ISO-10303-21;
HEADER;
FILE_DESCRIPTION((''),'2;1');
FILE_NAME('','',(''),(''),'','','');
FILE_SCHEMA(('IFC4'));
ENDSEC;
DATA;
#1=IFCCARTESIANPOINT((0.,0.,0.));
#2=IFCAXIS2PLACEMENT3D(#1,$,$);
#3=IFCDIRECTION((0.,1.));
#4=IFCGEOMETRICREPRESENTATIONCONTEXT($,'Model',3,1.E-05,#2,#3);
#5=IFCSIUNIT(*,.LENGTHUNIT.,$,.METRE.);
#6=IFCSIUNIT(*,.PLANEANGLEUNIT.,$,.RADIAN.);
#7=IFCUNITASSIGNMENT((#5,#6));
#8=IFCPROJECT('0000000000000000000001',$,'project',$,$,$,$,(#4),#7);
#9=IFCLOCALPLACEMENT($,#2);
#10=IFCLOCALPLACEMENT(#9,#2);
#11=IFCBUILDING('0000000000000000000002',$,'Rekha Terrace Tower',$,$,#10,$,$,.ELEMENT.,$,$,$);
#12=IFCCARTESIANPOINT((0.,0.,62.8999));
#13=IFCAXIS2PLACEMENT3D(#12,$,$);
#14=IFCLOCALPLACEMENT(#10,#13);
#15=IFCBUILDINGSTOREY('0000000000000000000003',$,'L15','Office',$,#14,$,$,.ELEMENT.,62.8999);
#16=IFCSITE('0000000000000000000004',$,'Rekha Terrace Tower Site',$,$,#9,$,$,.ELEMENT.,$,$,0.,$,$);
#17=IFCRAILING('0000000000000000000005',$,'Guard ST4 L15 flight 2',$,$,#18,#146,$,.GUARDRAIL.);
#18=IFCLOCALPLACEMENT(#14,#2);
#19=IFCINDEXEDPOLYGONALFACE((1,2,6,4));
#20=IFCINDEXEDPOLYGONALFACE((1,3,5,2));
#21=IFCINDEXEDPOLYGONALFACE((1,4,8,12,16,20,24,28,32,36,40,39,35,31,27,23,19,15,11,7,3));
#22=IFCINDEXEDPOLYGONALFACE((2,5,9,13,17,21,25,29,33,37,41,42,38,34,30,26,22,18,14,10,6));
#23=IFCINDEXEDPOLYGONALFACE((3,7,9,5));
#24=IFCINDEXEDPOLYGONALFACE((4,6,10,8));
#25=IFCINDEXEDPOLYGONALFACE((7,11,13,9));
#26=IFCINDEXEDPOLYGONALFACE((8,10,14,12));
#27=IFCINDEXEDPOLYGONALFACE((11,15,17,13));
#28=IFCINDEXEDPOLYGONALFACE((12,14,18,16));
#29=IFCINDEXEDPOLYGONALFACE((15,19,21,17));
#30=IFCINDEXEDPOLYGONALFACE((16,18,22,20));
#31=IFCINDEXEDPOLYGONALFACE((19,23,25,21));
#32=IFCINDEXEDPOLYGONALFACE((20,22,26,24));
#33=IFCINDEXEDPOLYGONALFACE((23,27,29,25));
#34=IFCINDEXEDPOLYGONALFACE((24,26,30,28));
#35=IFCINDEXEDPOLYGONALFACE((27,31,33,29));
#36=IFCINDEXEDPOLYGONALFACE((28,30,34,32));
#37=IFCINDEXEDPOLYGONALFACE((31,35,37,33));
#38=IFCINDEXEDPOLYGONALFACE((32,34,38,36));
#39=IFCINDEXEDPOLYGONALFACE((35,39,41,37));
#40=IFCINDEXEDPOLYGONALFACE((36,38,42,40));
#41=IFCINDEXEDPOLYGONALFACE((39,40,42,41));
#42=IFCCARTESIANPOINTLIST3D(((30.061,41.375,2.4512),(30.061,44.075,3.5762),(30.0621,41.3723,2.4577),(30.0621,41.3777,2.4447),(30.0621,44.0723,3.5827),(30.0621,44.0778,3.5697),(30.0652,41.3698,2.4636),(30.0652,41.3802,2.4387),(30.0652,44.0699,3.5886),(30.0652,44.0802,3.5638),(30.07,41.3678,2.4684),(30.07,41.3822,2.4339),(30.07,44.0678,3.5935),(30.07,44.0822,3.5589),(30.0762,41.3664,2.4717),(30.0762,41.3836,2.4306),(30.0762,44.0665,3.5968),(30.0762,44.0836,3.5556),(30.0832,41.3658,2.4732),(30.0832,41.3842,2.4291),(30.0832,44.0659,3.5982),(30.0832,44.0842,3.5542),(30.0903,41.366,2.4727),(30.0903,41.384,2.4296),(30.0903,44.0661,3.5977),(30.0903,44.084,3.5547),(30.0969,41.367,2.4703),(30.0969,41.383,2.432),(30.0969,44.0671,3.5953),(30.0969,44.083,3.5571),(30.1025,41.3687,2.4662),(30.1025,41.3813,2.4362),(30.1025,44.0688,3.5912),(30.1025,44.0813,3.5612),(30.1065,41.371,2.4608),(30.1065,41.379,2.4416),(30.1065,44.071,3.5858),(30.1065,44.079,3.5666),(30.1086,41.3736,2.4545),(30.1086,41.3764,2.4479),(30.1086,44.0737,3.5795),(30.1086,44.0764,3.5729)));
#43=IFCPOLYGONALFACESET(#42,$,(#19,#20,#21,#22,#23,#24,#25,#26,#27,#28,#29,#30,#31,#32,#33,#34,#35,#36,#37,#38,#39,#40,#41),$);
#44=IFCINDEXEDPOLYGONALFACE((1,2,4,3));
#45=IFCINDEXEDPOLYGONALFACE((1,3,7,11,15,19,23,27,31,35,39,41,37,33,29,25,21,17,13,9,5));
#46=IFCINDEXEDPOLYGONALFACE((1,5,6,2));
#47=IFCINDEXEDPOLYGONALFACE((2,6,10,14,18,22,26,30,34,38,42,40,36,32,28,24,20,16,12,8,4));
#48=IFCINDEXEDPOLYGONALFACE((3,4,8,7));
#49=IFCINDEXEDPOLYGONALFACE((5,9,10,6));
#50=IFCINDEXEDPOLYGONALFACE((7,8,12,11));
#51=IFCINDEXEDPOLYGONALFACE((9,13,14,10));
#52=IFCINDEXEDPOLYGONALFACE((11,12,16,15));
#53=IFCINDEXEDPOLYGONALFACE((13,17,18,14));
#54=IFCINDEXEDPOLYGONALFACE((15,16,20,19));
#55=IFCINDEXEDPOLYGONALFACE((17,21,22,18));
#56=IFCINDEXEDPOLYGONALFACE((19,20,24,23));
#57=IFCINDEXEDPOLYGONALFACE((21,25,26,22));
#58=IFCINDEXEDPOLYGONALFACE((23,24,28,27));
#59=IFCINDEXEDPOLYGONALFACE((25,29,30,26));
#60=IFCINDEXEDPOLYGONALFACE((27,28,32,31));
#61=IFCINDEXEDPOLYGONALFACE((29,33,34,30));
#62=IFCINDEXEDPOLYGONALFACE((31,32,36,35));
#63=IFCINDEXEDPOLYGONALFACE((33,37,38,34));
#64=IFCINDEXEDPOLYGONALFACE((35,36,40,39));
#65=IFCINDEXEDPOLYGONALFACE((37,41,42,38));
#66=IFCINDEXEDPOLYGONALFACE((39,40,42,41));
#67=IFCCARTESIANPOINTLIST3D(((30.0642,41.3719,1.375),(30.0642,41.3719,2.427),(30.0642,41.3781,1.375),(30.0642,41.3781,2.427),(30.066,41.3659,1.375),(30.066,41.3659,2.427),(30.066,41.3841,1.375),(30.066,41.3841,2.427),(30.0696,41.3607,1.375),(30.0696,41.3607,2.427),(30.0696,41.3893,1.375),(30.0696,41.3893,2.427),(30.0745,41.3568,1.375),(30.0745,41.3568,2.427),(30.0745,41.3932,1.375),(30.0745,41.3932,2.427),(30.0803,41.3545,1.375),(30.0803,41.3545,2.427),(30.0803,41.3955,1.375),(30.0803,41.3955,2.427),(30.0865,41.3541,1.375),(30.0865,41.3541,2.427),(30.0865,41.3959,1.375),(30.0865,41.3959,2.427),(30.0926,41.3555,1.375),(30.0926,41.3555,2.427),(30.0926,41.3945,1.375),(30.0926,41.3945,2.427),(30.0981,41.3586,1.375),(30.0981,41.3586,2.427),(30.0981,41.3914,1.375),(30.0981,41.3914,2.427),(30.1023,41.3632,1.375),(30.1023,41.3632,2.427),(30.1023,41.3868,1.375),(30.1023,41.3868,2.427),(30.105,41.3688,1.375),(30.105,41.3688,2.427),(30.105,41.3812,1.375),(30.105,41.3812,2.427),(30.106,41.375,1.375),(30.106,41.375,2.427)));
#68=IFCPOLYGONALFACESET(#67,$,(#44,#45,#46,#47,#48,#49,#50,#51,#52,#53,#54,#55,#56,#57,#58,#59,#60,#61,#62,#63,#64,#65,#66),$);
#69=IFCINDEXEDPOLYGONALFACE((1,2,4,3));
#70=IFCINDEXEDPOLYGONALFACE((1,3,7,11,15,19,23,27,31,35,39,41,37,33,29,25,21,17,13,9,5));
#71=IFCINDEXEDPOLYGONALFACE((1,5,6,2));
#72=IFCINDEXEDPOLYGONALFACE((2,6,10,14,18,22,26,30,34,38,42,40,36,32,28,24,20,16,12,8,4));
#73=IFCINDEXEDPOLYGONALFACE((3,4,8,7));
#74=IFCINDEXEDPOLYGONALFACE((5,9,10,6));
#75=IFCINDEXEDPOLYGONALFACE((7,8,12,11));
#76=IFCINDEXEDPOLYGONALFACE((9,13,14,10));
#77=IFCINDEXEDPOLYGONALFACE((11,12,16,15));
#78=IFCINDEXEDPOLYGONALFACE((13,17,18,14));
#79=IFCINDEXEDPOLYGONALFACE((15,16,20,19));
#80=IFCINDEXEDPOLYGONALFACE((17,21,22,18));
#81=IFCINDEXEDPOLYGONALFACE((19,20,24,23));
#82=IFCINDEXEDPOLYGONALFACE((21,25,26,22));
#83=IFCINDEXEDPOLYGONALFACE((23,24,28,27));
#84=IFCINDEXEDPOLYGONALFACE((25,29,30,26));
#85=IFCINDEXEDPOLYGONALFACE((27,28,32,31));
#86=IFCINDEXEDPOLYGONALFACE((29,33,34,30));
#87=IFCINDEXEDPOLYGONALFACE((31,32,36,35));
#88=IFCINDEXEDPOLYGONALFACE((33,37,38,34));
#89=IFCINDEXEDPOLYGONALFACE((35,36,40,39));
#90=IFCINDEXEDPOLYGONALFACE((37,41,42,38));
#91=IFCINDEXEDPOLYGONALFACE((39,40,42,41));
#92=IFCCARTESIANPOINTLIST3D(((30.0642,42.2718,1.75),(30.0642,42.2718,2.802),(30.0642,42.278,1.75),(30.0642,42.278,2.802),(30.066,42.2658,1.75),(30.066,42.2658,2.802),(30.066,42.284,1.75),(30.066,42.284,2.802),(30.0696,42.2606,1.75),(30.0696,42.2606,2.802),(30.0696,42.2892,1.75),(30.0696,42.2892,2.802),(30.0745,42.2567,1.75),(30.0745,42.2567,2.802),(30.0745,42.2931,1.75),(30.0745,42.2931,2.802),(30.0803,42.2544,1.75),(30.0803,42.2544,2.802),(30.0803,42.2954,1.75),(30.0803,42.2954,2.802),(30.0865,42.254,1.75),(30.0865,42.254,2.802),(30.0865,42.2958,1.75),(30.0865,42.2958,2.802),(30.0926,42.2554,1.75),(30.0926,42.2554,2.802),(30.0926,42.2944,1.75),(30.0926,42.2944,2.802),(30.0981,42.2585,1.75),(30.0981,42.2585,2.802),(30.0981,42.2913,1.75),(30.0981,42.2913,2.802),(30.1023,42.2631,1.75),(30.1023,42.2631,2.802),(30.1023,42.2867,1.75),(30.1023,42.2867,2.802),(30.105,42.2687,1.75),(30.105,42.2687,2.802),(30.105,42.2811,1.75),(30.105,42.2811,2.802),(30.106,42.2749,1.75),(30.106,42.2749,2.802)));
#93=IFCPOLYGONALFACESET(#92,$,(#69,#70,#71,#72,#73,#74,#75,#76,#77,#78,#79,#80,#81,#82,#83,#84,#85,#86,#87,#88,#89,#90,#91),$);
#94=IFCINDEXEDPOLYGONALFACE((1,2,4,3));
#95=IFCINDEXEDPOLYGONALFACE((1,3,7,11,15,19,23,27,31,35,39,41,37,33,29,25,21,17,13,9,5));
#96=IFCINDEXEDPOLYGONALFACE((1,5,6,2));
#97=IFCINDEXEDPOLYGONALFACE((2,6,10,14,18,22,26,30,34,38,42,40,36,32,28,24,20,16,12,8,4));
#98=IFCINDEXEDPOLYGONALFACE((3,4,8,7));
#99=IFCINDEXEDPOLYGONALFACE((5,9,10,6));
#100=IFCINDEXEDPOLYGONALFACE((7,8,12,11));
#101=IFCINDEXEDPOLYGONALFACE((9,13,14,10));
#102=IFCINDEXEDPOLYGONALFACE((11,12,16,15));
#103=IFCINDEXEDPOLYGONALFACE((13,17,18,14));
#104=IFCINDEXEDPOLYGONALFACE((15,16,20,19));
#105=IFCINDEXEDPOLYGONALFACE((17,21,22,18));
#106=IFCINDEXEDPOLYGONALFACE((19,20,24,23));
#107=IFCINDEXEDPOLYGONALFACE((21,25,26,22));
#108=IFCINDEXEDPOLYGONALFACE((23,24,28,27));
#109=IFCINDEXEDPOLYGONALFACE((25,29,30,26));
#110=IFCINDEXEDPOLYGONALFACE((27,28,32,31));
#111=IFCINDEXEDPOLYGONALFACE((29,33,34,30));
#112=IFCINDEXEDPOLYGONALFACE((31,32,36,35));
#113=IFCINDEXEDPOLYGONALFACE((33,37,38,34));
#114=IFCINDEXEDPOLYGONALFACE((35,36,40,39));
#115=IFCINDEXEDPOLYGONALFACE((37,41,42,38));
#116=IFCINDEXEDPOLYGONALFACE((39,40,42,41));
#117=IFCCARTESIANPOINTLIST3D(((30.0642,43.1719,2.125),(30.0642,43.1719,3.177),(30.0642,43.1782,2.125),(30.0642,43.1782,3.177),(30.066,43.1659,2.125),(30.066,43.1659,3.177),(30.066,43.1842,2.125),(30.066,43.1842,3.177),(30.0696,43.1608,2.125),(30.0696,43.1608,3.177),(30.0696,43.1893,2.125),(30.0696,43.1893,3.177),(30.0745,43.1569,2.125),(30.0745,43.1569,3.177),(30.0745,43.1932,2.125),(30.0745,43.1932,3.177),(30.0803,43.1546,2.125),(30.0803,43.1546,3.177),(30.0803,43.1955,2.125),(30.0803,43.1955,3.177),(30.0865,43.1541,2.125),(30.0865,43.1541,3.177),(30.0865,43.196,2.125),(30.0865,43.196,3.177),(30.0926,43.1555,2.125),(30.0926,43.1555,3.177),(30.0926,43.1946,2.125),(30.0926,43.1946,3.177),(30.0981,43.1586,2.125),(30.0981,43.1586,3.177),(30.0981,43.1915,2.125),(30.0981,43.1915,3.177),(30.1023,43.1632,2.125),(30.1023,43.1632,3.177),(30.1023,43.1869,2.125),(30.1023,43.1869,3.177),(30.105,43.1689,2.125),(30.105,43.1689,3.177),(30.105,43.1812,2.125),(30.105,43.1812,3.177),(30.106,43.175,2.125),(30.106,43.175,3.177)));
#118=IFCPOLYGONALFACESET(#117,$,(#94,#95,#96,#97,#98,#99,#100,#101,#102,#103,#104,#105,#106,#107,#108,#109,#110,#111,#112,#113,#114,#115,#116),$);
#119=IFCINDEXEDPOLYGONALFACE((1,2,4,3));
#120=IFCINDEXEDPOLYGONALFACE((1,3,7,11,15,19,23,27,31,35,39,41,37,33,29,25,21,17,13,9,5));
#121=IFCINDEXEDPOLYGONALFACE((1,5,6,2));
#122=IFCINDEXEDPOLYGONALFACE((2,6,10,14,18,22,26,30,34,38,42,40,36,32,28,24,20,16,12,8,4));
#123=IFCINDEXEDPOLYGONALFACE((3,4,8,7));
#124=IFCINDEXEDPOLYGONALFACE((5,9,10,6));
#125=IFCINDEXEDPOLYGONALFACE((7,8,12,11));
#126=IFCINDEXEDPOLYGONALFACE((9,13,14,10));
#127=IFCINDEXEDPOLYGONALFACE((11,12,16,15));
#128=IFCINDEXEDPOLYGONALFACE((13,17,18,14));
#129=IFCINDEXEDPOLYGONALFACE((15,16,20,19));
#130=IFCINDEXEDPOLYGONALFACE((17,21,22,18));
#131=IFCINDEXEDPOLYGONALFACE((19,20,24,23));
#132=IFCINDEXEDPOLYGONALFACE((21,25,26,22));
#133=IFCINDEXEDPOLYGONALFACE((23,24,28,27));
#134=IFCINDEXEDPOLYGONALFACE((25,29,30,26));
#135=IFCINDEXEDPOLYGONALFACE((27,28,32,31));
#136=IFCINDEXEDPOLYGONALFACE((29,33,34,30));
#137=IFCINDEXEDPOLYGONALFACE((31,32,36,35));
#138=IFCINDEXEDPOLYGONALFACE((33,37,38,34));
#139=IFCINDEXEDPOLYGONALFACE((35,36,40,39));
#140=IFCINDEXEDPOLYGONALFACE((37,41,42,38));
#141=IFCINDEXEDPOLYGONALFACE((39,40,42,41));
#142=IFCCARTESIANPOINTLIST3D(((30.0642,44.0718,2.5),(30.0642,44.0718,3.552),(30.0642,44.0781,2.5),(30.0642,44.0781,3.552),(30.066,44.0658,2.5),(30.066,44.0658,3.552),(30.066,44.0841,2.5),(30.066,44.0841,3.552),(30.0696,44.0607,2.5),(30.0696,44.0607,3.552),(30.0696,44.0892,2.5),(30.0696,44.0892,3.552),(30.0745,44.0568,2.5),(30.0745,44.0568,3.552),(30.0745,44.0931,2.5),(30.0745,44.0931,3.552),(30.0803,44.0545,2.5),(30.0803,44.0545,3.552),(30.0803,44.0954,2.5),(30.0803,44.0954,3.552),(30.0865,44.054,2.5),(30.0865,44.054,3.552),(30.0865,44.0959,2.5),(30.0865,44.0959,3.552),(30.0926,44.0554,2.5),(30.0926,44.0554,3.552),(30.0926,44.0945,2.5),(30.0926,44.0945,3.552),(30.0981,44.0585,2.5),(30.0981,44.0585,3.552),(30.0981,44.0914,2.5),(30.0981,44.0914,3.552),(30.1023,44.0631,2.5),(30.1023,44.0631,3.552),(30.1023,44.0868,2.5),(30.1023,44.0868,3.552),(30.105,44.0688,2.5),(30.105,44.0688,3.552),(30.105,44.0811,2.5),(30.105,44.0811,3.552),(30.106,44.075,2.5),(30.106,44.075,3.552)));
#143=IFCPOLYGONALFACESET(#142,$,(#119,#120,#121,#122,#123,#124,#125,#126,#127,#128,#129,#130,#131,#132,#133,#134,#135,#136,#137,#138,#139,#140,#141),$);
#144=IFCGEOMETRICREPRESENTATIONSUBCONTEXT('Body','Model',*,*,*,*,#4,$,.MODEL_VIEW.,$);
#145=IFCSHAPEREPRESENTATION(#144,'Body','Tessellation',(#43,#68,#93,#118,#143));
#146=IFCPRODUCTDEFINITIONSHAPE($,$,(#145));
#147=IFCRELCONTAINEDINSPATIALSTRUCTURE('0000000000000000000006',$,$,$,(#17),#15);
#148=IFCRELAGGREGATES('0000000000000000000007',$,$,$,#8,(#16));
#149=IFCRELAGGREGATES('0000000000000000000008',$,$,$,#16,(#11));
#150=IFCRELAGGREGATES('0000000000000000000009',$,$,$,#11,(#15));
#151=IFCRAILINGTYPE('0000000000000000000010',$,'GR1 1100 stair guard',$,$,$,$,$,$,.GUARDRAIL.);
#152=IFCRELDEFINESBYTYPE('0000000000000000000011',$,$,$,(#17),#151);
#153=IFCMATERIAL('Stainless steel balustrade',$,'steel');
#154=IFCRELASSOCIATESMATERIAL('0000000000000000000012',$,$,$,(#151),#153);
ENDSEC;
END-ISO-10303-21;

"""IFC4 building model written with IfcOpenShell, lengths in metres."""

from ifc_helpers import new_model, si_unit, direction, frame, origin, origin_2d, place, context, subcontext, project, spatial, circle, extrude, material, type_object, element, save


model = new_model("IFC4")

# Units and contexts
model_context = context("Model", 3, precision=1e-05, world=origin(), true_north=direction((0.0, 1.0)))
body_context = subcontext(model_context, "Body", "Model", "MODEL_VIEW")
ifc_project = project(units=[si_unit("LENGTHUNIT", "METRE"), si_unit("PLANEANGLEUNIT", "RADIAN")], contexts=[model_context])

# Site, building, storey
site_placement = place(None, origin())
site = spatial("IfcSite", under=ifc_project, at=site_placement, Name="Rekha Terrace Tower Site", CompositionType="ELEMENT", RefElevation=0.0)
building_placement = place(site_placement, origin())
building = spatial("IfcBuilding", under=site, at=building_placement, Name="Rekha Terrace Tower", CompositionType="ELEMENT")
storey_placement = place(building_placement, frame((0.0, 0.0, 62.8999)))
storey = spatial("IfcBuildingStorey", under=building, at=storey_placement, Name="L15", Description="Office", CompositionType="ELEMENT", Elevation=62.8999)

# Railing
ifc_material_1 = material(Name="Stainless steel balustrade", Category="steel")
railing_type_1 = type_object("IfcRailingType", Name="GR1 1100 stair guard", PredefinedType="GUARDRAIL", material=ifc_material_1)
railing_1_placement = place(storey_placement, frame((30.085, 41.375, 1.375)))
element("IfcRailing", 1, at=railing_1_placement, inside=storey, type_object=railing_type_1, Name="Guard ST4 L15 flight 2", PredefinedType="GUARDRAIL", context=body_context, shape_type="SweptSolid", body=[
    extrude(circle(Radius=0.0239, at=origin_2d()), frame((0.0, 0.0, 1.0762), z_axis=(0.0, 0.923074, 0.384621), x_axis=(-1.0, 0.0, 0.0)), (0.0, 0.0, 1.0), 2.925),
    extrude(circle(Radius=0.021, at=origin_2d()), origin(), (0.0, 0.0, 1.0), 1.052),
    extrude(circle(Radius=0.021, at=origin_2d()), frame((0.0, 0.8999, 0.375)), (0.0, 0.0, 1.0), 1.052),
    extrude(circle(Radius=0.021, at=origin_2d()), frame((0.0, 1.8, 0.75)), (0.0, 0.0, 1.0), 1.052),
    extrude(circle(Radius=0.021, at=origin_2d()), frame((0.0, 2.7, 1.125)), (0.0, 0.0, 1.0), 1.052),
])

save(model, "model.ifc")
